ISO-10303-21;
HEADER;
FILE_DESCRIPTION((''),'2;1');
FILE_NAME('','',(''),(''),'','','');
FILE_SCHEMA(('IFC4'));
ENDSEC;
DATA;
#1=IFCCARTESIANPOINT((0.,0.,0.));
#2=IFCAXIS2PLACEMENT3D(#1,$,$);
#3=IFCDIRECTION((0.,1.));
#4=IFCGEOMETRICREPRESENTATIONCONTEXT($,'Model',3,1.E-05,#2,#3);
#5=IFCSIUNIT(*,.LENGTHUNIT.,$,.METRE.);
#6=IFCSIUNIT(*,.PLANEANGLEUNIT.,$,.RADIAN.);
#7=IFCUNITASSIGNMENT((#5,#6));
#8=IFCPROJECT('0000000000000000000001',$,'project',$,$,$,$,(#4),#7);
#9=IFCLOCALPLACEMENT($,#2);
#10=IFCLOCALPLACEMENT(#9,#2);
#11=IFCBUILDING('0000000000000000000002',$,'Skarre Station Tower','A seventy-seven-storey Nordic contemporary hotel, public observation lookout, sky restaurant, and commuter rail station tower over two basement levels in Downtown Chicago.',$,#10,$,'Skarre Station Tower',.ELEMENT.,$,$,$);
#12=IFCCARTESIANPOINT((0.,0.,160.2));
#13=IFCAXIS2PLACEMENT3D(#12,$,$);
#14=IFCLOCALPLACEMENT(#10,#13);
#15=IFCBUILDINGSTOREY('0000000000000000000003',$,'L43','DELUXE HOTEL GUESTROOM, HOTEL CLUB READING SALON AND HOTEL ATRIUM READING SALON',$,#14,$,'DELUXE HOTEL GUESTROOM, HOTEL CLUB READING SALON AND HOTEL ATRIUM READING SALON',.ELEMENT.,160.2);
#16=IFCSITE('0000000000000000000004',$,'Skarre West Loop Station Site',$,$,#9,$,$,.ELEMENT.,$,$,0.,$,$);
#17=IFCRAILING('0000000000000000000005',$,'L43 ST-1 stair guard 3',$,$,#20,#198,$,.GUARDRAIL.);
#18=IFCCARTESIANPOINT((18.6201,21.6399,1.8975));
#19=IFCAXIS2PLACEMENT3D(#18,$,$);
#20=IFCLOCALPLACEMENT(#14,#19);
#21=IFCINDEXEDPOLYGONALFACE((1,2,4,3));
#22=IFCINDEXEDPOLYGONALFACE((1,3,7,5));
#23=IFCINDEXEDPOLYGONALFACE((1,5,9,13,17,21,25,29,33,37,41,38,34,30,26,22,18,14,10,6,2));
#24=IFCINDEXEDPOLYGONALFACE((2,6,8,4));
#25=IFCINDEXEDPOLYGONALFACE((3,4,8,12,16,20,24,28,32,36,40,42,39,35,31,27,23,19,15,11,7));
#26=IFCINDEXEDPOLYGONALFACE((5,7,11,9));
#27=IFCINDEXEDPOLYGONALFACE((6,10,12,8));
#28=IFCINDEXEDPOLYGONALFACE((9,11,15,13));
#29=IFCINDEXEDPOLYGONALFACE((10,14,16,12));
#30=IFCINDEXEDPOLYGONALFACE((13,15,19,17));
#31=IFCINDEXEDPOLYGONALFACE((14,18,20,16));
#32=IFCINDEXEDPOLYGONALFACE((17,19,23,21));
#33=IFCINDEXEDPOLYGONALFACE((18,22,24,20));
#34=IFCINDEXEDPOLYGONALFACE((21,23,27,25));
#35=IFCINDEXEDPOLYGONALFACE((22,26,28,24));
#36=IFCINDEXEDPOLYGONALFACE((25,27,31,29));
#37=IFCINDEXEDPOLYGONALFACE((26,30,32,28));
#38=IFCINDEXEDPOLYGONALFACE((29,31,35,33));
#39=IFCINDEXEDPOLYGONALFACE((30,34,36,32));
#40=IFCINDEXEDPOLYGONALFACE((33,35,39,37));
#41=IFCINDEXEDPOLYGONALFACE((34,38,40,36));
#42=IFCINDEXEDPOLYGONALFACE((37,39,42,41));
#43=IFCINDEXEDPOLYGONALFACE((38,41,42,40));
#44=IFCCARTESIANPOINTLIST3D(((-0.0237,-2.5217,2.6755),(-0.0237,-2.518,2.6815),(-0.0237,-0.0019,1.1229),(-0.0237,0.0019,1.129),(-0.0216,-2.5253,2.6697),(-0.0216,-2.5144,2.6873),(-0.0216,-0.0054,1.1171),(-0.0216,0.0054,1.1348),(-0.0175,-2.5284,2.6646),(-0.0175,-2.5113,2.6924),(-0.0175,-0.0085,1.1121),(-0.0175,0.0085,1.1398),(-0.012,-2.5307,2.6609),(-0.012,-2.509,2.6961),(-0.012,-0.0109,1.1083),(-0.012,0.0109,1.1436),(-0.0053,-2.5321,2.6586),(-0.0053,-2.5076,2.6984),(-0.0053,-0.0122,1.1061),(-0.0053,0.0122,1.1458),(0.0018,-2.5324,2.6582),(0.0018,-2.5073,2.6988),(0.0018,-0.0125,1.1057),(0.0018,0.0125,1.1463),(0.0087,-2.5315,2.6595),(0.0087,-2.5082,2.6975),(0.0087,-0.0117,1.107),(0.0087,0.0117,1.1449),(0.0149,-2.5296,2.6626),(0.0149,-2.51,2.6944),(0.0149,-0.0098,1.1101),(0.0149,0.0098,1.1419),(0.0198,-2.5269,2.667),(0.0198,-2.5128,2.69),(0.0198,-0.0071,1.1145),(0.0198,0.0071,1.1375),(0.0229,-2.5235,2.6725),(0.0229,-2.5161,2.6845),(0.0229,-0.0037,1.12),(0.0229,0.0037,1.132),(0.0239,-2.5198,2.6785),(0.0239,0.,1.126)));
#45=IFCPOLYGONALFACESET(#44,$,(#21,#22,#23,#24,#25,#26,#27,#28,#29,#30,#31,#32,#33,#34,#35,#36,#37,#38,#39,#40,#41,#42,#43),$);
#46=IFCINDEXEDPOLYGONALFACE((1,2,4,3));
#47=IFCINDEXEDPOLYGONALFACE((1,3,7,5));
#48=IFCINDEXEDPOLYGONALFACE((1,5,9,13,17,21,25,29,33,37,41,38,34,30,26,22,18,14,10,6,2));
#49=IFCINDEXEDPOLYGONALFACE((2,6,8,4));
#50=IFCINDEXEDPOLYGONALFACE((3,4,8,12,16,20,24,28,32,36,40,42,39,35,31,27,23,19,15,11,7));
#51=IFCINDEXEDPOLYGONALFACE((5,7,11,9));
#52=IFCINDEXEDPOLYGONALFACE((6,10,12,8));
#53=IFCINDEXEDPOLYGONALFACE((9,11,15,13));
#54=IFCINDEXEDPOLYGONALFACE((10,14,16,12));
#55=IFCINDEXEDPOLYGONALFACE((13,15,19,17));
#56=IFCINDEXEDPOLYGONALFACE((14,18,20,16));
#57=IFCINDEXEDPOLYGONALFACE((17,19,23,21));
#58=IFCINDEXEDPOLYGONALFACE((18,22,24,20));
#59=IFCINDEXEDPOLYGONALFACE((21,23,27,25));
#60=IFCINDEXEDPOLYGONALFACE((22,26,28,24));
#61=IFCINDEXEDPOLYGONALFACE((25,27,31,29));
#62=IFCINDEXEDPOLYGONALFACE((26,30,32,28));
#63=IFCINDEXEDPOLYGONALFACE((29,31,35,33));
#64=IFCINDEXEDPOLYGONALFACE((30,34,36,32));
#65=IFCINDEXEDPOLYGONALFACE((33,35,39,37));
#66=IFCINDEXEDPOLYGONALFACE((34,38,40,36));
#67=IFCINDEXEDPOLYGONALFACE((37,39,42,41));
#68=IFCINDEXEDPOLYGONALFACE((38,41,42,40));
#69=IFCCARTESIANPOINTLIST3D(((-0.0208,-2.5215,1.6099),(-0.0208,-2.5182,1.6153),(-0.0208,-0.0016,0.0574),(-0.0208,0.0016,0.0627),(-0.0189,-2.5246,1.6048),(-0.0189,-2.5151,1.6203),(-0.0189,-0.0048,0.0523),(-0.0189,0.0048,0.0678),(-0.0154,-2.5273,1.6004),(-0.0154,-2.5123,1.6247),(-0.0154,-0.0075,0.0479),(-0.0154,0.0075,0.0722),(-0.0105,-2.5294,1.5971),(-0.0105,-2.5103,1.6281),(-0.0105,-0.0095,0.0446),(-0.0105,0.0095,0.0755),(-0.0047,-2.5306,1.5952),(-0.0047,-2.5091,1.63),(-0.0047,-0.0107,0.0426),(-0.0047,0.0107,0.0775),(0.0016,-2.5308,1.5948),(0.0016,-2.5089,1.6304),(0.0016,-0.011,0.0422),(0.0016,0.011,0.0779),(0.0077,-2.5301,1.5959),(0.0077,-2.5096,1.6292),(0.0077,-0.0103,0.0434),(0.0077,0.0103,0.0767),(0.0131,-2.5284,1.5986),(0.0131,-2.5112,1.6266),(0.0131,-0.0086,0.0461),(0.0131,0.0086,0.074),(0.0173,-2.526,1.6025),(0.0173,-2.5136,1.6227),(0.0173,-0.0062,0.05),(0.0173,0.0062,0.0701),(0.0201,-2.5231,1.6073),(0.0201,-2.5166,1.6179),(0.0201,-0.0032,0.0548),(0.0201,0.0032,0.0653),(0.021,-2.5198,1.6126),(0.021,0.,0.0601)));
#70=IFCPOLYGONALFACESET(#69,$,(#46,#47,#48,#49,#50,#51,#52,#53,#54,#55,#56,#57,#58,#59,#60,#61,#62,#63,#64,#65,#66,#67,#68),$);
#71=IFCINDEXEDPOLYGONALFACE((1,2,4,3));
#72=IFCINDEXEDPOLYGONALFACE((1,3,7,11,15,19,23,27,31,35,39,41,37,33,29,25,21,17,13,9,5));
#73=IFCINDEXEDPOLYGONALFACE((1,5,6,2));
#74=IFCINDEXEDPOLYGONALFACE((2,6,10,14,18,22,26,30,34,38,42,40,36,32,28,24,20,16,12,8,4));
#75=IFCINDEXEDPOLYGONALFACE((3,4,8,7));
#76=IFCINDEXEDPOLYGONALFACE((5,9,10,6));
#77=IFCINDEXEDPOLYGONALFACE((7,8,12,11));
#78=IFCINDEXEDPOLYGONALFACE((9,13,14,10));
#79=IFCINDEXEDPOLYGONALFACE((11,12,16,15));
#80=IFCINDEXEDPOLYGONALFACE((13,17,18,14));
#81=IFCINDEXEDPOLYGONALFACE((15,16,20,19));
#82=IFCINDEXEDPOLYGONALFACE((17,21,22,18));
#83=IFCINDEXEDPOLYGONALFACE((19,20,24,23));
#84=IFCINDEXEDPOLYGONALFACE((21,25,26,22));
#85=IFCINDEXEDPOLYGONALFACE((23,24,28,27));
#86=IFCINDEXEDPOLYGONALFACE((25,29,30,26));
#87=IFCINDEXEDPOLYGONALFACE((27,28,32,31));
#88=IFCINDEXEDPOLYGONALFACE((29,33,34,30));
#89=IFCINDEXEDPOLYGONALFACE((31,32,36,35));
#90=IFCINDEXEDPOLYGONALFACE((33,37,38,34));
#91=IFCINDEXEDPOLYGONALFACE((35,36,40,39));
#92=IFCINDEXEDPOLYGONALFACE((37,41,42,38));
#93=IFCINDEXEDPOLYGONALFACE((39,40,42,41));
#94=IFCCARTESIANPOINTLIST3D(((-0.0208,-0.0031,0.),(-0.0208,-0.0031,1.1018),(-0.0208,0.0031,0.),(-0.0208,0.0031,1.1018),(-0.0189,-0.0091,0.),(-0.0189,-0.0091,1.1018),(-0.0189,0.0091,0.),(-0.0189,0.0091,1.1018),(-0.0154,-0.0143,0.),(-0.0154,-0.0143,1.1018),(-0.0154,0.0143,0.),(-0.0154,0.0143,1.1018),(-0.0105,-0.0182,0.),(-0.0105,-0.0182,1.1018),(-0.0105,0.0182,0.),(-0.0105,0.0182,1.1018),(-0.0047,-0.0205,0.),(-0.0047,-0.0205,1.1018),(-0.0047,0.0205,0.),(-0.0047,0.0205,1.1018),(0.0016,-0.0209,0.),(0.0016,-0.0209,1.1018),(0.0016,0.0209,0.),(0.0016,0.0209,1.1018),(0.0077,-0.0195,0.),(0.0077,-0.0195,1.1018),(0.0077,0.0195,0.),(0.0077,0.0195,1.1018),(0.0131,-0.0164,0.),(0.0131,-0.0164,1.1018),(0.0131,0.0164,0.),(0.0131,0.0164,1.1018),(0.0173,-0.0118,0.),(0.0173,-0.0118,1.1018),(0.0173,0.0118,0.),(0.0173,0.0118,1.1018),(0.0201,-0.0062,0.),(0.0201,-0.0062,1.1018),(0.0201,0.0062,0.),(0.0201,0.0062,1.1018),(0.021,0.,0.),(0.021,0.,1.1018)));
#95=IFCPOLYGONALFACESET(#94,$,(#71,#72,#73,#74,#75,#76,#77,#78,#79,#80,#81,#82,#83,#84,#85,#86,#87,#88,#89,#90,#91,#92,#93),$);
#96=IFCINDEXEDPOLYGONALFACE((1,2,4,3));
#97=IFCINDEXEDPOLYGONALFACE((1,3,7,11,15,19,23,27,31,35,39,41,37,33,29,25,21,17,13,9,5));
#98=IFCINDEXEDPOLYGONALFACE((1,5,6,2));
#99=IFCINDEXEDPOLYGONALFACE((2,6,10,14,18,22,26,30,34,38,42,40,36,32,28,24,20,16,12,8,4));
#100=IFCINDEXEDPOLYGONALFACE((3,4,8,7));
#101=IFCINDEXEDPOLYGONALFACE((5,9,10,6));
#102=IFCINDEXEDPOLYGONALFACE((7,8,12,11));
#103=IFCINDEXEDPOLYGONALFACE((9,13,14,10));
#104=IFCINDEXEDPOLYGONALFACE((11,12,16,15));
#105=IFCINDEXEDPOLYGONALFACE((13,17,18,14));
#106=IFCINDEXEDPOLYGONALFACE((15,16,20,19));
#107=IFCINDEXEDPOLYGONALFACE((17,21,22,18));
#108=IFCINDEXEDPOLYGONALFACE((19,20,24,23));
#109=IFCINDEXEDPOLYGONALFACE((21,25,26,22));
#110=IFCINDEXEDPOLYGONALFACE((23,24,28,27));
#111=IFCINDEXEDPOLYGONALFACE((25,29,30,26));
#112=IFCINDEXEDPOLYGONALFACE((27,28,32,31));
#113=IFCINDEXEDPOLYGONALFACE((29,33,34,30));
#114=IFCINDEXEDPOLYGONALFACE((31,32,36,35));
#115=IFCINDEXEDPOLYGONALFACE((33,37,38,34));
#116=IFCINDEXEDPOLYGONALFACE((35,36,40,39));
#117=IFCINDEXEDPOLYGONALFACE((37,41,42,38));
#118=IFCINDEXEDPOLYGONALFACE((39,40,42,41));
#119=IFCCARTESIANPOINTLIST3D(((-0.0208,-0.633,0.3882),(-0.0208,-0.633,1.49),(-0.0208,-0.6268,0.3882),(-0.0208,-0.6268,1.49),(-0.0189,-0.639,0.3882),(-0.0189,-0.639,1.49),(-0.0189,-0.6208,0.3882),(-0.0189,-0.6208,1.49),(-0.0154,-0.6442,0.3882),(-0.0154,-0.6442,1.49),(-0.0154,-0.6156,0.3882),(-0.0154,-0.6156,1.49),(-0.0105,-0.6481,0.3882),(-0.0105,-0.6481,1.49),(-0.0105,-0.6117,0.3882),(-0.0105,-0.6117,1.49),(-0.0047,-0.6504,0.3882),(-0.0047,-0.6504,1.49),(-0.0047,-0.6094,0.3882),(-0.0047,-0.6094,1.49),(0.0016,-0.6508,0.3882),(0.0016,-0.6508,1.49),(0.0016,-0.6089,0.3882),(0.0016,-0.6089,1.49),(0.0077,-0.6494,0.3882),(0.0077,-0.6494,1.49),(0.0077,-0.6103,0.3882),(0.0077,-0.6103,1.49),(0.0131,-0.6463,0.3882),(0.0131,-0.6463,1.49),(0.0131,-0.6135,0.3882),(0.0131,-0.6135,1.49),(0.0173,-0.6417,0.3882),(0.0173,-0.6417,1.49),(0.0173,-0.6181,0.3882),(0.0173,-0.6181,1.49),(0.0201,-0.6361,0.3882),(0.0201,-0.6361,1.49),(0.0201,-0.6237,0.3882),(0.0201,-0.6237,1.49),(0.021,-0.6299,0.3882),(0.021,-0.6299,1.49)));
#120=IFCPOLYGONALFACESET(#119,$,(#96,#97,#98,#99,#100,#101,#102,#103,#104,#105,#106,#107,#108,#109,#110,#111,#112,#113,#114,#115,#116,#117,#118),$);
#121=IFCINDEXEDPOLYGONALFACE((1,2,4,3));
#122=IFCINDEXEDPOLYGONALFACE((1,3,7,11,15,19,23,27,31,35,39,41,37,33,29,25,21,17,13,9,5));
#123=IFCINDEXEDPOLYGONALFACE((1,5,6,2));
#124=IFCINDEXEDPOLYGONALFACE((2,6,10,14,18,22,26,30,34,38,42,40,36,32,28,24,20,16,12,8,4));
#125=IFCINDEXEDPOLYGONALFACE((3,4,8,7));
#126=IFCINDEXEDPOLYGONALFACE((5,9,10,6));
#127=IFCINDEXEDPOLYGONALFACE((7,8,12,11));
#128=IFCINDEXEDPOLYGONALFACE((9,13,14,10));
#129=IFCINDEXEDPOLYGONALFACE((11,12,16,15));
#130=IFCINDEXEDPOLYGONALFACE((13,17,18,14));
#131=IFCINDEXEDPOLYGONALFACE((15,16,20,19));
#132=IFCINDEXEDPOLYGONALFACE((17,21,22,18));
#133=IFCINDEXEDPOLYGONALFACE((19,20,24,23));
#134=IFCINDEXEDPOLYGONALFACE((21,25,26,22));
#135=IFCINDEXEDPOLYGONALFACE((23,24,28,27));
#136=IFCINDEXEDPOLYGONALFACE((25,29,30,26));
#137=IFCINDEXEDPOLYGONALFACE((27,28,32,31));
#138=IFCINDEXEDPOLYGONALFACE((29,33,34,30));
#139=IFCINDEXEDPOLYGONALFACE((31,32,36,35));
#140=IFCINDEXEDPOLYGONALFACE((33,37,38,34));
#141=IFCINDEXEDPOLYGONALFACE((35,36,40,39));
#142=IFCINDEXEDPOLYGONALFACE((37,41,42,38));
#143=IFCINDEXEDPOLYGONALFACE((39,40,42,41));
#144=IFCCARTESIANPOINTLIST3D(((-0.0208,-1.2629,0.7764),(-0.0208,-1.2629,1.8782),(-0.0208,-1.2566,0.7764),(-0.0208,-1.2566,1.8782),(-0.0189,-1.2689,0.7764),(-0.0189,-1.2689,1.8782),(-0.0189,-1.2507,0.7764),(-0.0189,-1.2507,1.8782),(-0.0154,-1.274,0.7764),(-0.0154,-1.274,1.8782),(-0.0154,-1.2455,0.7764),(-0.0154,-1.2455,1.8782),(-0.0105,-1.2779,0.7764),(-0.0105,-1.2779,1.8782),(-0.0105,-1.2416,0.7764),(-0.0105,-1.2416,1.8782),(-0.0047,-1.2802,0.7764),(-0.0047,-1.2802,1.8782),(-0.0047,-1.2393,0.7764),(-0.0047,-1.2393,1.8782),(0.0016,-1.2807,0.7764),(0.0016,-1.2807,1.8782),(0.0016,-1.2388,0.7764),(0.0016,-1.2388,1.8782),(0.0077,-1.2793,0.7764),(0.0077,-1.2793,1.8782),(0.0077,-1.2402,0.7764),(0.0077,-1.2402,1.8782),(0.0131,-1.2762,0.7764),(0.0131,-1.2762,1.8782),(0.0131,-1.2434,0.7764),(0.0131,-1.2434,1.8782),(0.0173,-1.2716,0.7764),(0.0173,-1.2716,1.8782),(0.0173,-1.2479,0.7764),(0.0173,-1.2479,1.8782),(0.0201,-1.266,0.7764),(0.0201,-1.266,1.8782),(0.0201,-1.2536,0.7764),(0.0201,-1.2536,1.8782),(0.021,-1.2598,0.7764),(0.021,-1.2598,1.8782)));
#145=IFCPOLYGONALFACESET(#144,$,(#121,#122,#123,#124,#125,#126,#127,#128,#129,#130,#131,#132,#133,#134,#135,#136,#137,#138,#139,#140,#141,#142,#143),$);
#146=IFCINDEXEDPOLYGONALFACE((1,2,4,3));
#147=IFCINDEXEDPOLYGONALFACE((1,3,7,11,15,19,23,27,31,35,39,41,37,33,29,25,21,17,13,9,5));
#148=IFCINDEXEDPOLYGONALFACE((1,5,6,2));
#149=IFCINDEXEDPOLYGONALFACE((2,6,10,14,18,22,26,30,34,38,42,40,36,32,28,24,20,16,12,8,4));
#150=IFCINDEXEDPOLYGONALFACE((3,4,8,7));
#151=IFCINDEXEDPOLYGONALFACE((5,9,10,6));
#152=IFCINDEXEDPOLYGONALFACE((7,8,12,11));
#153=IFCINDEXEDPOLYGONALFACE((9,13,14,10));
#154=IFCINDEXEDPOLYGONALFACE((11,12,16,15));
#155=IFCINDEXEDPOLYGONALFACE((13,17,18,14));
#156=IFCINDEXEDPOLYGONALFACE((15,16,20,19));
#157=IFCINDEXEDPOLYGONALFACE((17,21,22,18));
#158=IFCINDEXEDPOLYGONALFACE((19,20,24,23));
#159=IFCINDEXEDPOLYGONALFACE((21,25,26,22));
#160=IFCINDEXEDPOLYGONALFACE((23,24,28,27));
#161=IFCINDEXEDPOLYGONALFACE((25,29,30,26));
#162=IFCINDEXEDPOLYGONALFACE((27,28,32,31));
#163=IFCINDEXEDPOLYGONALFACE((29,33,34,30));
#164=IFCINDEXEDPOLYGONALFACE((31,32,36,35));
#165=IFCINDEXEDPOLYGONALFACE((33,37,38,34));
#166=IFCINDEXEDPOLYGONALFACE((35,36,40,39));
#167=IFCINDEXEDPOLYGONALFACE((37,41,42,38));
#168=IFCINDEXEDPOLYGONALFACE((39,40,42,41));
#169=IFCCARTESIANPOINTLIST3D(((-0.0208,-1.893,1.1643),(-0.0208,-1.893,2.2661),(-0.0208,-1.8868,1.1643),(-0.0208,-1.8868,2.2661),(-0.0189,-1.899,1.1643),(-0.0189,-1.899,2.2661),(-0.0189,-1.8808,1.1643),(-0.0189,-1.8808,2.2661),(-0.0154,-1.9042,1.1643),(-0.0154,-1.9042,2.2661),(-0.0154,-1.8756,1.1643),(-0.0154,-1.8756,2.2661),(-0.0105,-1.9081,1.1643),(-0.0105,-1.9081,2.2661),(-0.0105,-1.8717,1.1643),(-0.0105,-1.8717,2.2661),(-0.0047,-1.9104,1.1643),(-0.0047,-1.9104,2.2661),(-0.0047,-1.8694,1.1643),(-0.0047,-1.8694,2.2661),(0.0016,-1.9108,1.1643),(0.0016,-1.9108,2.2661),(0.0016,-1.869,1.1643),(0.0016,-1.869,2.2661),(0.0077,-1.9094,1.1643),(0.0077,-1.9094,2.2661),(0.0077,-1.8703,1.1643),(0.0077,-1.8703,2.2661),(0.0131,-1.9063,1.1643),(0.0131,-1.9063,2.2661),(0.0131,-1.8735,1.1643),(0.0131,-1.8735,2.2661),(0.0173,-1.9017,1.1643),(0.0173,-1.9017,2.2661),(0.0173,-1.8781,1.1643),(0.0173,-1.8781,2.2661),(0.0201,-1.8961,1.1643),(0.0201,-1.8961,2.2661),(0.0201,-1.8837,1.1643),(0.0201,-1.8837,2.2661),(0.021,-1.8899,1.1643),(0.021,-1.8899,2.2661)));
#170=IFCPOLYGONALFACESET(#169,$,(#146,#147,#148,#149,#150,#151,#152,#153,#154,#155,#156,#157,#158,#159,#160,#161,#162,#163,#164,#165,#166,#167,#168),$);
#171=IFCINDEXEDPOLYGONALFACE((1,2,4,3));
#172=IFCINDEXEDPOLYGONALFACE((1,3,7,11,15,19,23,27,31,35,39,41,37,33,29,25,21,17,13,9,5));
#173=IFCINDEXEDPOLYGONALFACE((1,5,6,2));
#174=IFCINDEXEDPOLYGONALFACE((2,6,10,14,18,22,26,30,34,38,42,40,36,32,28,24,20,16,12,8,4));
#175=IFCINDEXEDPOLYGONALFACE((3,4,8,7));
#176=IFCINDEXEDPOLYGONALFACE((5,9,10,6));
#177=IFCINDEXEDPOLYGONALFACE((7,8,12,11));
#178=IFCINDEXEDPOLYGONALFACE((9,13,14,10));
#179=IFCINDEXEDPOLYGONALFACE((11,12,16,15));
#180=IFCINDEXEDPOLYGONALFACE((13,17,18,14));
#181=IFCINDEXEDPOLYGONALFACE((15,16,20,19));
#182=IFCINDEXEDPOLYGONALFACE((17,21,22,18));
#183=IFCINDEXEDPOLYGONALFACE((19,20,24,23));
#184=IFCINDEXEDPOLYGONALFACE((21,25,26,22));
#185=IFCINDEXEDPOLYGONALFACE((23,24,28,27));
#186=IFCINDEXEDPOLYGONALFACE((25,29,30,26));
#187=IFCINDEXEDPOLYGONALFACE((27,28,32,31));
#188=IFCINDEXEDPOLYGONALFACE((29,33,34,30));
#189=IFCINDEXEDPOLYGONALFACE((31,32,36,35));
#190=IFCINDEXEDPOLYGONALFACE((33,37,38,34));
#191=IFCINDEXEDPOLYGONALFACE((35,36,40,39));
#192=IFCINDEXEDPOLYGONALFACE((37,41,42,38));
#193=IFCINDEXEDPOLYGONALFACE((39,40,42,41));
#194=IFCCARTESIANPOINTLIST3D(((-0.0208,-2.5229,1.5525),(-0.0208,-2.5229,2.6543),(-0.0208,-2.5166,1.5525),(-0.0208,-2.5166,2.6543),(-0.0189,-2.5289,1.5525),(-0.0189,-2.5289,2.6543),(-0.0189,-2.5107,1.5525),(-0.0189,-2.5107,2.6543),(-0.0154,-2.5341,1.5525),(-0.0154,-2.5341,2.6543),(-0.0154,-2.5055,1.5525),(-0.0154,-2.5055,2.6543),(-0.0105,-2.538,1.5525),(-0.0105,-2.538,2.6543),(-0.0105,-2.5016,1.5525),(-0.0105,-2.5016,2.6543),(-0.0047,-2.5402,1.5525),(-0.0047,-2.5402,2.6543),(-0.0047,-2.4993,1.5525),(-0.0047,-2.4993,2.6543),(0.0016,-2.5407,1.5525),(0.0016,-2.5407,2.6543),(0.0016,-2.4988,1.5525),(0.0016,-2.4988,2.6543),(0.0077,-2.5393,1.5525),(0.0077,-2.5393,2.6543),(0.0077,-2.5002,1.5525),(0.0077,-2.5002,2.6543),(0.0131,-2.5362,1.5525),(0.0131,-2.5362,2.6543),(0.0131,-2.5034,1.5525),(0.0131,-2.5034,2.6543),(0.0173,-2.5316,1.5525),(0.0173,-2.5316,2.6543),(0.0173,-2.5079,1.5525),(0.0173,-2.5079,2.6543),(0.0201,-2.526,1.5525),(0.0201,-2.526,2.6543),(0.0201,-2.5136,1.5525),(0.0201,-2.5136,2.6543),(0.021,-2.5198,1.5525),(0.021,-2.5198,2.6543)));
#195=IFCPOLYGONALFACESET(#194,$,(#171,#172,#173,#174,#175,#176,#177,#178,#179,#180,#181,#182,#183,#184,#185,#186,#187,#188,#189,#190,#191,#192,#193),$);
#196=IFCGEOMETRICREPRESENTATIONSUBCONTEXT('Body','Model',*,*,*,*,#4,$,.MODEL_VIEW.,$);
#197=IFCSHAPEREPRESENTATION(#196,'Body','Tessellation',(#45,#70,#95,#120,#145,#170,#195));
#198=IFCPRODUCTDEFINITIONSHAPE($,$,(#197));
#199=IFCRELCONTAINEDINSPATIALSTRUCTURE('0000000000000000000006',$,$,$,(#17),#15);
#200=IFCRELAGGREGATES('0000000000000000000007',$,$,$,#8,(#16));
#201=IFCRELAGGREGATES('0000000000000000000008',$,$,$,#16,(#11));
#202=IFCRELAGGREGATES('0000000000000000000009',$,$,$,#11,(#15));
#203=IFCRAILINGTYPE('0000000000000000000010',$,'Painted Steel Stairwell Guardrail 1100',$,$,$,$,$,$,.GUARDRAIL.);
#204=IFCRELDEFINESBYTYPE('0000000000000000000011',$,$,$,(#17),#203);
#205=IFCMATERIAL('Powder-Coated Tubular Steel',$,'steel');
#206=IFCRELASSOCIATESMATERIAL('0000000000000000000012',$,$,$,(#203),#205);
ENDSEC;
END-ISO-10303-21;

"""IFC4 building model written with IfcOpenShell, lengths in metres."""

from ifc_helpers import new_model, si_unit, direction, frame, origin, origin_2d, place, context, subcontext, project, spatial, circle, extrude, material, type_object, element, save


model = new_model("IFC4")

# Units and contexts
model_context = context("Model", 3, precision=1e-05, world=origin(), true_north=direction((0.0, 1.0)))
body_context = subcontext(model_context, "Body", "Model", "MODEL_VIEW")
ifc_project = project(units=[si_unit("LENGTHUNIT", "METRE"), si_unit("PLANEANGLEUNIT", "RADIAN")], contexts=[model_context])

# Site, building, storey
site_placement = place(None, origin())
site = spatial("IfcSite", under=ifc_project, at=site_placement, Name="Skarre West Loop Station Site", CompositionType="ELEMENT", RefElevation=0.0)
building_placement = place(site_placement, origin())
building = spatial("IfcBuilding", under=site, at=building_placement, Name="Skarre Station Tower", Description="A seventy-seven-storey Nordic contemporary hotel, public observation lookout, sky restaurant, and commuter rail station tower over two basement levels in Downtown Chicago.", LongName="Skarre Station Tower", CompositionType="ELEMENT")
storey_placement = place(building_placement, frame((0.0, 0.0, 160.2)))
storey = spatial("IfcBuildingStorey", under=building, at=storey_placement, Name="L43", Description="DELUXE HOTEL GUESTROOM, HOTEL CLUB READING SALON AND HOTEL ATRIUM READING SALON", LongName="DELUXE HOTEL GUESTROOM, HOTEL CLUB READING SALON AND HOTEL ATRIUM READING SALON", CompositionType="ELEMENT", Elevation=160.2)

# Railing
ifc_material_1 = material(Name="Powder-Coated Tubular Steel", Category="steel")
railing_type_1 = type_object("IfcRailingType", Name="Painted Steel Stairwell Guardrail 1100", PredefinedType="GUARDRAIL", material=ifc_material_1)
railing_1_placement = place(storey_placement, frame((18.6201, 21.6399, 1.8975)))
element("IfcRailing", 1, at=railing_1_placement, inside=storey, type_object=railing_type_1, Name="L43 ST-1 stair guard 3", PredefinedType="GUARDRAIL", context=body_context, shape_type="SweptSolid", body=[
    extrude(circle(Radius=0.0239, at=origin_2d()), frame((0.0, 0.0, 1.126), z_axis=(0.0, -0.851378, 0.524553), x_axis=(1.0, 0.0, 0.0)), (0.0, 0.0, 1.0), 2.9597),
    extrude(circle(Radius=0.021, at=origin_2d()), frame((0.0, 0.0, 0.0601), z_axis=(0.0, -0.851378, 0.524553), x_axis=(1.0, 0.0, 0.0)), (0.0, 0.0, 1.0), 2.9597),
    extrude(circle(Radius=0.021, at=origin_2d()), origin(), (0.0, 0.0, 1.0), 1.1018),
    extrude(circle(Radius=0.021, at=origin_2d()), frame((0.0, -0.6299, 0.3882)), (0.0, 0.0, 1.0), 1.1018),
    extrude(circle(Radius=0.021, at=origin_2d()), frame((0.0, -1.2598, 0.7764)), (0.0, 0.0, 1.0), 1.1018),
    extrude(circle(Radius=0.021, at=origin_2d()), frame((0.0, -1.8899, 1.1643)), (0.0, 0.0, 1.0), 1.1018),
    extrude(circle(Radius=0.021, at=origin_2d()), frame((0.0, -2.5198, 1.5525)), (0.0, 0.0, 1.0), 1.1018),
])

save(model, "model.ifc")
